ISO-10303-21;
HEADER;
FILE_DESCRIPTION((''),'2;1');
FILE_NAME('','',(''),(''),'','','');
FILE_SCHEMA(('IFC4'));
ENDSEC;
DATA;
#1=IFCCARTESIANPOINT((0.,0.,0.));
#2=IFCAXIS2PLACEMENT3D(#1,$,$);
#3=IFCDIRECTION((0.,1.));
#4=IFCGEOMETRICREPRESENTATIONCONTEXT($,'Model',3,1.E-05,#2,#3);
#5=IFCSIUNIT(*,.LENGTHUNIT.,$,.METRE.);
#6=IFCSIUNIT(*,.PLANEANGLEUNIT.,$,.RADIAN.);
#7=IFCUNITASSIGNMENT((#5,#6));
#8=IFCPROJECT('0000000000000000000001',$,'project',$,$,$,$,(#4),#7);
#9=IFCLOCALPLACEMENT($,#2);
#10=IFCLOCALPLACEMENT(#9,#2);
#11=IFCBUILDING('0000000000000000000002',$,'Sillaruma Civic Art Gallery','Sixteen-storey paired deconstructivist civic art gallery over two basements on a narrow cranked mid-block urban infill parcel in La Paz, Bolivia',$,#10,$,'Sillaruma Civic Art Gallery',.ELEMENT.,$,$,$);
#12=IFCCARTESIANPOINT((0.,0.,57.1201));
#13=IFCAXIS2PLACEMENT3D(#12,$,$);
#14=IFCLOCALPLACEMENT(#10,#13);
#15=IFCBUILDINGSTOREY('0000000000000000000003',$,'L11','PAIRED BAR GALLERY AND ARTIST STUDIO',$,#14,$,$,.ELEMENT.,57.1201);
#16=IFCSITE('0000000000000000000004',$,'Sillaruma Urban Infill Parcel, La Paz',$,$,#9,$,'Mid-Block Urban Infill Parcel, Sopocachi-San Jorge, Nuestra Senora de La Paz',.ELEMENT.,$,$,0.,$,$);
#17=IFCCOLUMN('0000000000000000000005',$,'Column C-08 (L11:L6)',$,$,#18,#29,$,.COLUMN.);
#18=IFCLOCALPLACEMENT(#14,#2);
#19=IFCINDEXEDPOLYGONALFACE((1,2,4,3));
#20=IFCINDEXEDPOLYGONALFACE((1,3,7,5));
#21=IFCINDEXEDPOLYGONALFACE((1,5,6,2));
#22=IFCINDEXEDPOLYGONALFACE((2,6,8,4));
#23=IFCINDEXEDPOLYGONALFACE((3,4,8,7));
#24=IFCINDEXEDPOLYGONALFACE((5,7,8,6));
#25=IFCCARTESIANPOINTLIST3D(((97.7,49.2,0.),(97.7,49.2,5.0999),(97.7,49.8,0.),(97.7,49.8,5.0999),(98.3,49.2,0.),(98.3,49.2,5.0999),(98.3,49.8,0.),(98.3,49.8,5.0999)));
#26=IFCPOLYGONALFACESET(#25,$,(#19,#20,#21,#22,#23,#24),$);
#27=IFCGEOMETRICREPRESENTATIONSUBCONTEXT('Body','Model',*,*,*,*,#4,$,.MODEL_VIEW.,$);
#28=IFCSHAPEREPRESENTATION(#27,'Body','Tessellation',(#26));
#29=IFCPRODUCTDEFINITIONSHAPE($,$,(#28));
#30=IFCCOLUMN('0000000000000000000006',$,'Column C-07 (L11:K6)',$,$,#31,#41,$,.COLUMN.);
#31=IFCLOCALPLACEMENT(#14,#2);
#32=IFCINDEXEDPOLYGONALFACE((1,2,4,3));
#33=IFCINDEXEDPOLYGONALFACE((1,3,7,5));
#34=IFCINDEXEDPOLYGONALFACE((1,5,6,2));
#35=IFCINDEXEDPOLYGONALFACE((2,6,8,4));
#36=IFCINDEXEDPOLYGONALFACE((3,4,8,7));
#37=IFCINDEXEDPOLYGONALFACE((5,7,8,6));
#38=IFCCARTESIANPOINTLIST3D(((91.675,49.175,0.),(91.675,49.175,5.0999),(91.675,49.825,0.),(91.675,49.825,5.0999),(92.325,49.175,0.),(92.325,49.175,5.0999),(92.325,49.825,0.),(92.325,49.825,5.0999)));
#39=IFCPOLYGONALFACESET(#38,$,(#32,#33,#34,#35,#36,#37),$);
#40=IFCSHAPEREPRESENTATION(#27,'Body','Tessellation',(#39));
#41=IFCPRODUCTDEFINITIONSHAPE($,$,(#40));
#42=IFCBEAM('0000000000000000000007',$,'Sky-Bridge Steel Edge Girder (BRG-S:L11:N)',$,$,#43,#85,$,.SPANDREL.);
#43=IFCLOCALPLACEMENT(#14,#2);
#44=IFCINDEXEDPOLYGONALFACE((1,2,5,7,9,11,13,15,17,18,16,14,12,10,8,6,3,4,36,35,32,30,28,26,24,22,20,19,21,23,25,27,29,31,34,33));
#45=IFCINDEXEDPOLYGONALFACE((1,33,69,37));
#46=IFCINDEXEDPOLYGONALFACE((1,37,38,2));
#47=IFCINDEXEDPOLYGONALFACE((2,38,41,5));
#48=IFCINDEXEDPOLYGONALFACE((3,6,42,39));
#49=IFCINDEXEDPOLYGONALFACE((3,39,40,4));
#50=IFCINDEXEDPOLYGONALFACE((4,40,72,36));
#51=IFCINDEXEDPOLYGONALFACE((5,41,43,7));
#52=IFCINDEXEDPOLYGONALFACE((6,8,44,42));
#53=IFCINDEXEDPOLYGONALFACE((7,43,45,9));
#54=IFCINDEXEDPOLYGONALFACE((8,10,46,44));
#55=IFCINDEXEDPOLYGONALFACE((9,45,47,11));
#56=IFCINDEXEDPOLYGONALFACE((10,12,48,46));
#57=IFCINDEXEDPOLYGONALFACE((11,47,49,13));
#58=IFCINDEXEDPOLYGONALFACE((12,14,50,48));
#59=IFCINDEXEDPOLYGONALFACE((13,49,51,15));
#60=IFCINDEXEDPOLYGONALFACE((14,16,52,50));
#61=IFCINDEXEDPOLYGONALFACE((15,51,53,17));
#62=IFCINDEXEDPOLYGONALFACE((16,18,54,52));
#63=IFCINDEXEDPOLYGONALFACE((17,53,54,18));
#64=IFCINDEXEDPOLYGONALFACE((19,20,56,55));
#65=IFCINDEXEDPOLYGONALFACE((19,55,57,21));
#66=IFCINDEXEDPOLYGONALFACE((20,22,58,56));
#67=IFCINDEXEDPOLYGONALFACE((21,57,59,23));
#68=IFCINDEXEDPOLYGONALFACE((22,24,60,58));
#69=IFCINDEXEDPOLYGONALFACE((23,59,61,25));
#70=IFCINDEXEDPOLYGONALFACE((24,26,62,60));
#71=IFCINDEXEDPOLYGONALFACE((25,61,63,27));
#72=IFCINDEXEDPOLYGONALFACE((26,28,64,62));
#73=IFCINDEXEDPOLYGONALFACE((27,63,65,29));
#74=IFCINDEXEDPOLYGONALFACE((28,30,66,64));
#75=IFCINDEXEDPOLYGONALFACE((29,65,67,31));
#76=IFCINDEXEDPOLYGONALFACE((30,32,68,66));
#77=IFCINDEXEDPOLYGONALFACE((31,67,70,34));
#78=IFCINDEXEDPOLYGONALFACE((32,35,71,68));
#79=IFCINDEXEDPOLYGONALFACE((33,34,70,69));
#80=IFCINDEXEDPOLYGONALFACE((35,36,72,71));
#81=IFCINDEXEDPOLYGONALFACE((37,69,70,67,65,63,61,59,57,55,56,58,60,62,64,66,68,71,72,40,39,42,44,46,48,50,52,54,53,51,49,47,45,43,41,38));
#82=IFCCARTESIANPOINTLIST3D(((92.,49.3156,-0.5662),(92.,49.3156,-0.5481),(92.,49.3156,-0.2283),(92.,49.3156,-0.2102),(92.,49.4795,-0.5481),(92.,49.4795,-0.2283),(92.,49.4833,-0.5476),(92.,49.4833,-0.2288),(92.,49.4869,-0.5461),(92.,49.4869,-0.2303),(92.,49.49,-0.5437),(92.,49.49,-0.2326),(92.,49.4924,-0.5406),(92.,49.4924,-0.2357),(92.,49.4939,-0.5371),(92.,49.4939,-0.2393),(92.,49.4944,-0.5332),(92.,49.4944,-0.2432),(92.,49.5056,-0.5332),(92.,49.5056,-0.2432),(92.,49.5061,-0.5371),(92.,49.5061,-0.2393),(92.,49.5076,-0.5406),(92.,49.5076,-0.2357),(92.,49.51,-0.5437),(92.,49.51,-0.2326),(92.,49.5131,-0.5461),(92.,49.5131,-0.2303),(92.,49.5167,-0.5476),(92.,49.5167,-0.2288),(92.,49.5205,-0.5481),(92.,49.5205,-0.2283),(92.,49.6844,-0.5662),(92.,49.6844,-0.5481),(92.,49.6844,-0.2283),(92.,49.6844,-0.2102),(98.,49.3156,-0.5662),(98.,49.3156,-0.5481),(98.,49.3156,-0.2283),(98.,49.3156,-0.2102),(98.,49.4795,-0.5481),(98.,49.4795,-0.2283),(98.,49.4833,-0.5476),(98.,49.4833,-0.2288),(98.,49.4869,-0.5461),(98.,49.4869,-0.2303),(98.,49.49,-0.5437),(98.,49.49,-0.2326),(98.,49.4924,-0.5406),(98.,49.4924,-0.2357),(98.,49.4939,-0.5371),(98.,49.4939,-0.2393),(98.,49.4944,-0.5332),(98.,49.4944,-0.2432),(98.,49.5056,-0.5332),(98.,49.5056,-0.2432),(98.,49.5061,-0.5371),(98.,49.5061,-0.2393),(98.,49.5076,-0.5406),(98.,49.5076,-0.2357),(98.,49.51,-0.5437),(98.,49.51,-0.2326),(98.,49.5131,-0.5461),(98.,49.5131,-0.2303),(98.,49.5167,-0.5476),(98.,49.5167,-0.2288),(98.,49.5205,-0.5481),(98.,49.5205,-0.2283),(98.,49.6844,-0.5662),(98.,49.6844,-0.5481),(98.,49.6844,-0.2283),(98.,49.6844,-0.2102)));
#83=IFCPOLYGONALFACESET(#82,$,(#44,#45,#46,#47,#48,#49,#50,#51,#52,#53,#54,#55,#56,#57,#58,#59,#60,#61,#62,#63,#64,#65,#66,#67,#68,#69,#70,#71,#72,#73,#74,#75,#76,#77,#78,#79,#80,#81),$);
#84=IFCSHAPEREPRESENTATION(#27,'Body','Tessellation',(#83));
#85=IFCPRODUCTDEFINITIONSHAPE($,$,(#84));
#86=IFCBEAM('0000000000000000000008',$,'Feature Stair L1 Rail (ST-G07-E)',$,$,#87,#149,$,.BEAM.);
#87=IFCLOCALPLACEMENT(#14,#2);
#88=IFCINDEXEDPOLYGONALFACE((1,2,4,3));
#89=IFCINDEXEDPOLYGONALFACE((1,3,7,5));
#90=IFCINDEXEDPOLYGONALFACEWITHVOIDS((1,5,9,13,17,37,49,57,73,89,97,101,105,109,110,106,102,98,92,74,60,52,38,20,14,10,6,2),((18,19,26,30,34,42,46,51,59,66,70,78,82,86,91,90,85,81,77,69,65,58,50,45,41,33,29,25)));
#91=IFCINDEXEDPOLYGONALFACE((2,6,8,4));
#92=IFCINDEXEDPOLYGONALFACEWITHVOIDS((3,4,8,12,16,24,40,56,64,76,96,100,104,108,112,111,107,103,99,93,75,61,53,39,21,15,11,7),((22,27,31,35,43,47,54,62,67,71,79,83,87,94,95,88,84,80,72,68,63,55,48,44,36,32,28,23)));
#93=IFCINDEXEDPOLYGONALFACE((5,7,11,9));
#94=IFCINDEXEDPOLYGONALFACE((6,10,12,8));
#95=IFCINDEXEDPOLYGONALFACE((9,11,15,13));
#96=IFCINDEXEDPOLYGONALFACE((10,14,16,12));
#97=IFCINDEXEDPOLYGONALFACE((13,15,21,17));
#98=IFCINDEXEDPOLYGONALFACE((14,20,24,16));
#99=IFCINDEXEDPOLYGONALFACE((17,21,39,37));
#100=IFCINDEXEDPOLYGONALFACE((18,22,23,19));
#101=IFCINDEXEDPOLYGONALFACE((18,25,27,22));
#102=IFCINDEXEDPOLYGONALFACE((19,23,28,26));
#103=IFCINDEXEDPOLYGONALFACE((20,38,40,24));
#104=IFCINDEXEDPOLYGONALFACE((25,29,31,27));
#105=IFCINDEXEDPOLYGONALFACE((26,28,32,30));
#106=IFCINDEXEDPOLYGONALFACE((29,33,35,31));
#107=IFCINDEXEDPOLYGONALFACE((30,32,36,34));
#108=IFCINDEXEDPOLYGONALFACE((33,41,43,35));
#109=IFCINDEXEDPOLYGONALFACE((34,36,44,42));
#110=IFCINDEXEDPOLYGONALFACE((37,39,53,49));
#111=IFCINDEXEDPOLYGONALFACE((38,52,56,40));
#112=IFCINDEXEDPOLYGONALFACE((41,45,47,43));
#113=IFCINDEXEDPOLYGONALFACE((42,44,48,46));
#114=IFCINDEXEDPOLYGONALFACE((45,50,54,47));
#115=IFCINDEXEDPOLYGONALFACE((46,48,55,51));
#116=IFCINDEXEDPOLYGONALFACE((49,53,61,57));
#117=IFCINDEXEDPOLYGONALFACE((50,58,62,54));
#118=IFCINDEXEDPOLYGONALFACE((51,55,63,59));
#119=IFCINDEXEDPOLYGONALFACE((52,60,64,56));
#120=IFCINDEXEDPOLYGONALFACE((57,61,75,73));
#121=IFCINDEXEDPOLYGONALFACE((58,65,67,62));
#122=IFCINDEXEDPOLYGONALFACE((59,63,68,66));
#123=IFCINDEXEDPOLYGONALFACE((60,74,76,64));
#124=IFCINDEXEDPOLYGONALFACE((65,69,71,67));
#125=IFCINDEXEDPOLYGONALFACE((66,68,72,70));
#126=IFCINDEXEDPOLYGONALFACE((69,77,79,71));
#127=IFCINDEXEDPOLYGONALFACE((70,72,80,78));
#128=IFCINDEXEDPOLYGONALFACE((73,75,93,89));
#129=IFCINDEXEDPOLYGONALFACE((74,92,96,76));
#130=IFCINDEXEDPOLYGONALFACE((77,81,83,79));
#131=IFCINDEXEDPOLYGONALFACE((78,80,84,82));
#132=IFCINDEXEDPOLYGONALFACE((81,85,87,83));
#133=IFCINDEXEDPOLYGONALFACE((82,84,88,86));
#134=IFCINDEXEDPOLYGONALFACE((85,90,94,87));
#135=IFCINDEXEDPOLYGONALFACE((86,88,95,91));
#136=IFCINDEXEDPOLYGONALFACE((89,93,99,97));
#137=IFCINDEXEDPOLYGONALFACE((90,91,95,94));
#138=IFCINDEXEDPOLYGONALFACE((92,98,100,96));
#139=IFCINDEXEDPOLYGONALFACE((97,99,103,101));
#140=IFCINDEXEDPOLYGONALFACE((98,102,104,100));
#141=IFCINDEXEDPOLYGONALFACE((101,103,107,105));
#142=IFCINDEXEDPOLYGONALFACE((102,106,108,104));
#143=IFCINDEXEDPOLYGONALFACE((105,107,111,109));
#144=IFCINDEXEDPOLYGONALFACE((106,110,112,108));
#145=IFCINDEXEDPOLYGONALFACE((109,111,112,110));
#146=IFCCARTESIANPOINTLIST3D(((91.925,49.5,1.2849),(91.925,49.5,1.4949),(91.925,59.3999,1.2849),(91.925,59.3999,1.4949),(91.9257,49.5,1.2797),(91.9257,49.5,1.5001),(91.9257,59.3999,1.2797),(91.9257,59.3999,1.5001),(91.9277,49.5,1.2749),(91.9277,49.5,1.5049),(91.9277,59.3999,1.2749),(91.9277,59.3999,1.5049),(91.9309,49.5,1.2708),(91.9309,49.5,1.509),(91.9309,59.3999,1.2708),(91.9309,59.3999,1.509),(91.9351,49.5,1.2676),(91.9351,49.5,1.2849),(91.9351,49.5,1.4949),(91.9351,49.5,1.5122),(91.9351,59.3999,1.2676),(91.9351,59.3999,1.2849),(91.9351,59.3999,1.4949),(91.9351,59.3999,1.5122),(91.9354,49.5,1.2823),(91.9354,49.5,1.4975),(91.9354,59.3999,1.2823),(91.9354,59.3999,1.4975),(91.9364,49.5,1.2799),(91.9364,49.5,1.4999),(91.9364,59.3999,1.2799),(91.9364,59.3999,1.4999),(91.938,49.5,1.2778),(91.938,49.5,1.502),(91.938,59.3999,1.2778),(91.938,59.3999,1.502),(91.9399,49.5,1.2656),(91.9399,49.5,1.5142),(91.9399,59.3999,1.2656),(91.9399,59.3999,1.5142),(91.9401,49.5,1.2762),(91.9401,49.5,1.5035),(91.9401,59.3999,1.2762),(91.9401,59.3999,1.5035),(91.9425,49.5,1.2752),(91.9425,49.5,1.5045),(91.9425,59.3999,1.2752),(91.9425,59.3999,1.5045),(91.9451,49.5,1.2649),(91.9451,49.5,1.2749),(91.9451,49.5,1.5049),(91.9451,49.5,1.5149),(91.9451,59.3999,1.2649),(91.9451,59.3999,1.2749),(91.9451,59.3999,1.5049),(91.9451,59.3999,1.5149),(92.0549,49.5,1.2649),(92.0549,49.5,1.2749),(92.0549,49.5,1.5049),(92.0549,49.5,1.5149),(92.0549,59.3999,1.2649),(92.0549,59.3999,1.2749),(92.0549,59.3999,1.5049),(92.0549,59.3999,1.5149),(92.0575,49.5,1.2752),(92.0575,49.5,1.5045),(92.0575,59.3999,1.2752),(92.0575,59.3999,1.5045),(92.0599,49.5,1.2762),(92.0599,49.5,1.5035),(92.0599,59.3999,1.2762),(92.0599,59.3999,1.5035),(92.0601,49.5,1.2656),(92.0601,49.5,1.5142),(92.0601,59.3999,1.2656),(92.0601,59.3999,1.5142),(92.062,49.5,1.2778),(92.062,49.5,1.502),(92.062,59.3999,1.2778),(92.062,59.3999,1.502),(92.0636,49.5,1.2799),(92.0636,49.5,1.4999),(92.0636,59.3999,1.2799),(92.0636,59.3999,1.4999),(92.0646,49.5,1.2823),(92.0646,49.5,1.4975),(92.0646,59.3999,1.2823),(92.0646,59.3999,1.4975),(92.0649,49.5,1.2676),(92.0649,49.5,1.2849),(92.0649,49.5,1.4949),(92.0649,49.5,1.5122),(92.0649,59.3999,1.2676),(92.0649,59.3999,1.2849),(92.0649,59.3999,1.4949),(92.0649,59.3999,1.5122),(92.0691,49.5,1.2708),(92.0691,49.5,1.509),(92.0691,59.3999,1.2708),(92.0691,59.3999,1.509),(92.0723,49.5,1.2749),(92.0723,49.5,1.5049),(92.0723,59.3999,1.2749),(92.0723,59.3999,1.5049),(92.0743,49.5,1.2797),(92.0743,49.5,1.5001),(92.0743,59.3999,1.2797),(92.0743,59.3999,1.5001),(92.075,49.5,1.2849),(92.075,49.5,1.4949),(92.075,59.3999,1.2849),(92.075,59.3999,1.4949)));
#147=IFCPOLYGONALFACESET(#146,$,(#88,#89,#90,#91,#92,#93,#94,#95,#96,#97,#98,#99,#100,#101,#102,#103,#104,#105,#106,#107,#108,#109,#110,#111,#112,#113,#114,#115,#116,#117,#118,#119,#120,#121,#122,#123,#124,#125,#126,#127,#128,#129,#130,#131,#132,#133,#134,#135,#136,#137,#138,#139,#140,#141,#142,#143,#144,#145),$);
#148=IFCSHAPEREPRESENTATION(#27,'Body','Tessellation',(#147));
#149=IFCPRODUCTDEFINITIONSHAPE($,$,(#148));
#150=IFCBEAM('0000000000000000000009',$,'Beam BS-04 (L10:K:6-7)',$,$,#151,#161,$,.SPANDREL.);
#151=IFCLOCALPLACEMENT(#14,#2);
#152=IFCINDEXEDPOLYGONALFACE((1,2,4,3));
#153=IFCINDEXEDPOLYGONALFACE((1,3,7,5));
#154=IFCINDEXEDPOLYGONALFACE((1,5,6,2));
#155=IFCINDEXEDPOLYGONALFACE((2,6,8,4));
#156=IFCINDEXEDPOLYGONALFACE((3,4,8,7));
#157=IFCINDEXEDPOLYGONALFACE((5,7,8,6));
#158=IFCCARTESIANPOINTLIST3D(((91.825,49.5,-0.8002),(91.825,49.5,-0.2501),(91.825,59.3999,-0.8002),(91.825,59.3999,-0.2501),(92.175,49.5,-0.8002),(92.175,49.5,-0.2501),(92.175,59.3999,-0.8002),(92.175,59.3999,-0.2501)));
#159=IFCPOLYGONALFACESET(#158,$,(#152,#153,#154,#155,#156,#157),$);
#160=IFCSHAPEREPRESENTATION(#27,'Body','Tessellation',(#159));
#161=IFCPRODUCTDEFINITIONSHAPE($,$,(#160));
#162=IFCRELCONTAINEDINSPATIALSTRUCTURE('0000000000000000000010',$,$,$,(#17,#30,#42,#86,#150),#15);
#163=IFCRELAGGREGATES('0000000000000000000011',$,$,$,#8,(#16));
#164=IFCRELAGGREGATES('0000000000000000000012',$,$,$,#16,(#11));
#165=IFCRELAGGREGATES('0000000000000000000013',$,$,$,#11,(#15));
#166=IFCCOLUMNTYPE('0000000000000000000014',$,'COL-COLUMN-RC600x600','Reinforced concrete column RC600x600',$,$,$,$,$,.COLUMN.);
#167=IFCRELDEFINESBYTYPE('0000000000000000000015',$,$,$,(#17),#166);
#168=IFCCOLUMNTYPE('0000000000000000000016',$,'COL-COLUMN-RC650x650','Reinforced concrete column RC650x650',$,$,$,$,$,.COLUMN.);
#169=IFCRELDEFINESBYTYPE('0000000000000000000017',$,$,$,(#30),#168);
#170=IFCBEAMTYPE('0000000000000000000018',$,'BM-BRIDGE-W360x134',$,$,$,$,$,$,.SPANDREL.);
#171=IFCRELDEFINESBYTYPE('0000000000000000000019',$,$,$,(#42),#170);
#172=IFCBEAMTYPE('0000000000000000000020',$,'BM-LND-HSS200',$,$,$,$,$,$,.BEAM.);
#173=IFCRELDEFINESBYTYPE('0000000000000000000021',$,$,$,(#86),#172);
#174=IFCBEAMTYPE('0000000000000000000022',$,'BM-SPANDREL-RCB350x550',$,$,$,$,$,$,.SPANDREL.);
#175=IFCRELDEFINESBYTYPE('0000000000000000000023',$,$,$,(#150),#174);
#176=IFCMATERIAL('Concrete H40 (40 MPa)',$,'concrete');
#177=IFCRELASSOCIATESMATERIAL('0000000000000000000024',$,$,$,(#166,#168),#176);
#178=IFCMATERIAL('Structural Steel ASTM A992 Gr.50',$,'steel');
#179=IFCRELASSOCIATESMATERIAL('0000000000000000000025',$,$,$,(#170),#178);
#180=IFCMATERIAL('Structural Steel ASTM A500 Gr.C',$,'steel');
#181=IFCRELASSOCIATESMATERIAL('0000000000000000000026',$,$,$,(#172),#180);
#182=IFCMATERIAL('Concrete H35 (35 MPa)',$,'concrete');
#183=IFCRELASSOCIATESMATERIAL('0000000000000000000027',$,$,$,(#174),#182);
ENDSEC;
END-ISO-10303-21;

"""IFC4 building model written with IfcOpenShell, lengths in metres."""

from ifc_helpers import new_model, si_unit, direction, frame, origin, origin_2d, place, context, subcontext, project, spatial, rectangle, hollow_rectangle, i_section, extrude, material, material_profile, profile_set, type_object, element, save


model = new_model("IFC4")

# Units and contexts
model_context = context("Model", 3, precision=1e-05, world=origin(), true_north=direction((0.0, 1.0)))
body_context = subcontext(model_context, "Body", "Model", "MODEL_VIEW")
ifc_project = project(units=[si_unit("LENGTHUNIT", "METRE"), si_unit("PLANEANGLEUNIT", "RADIAN")], contexts=[model_context])

# Site, building, storey
site_placement = place(None, origin())
site = spatial("IfcSite", under=ifc_project, at=site_placement, Name="Sillaruma Urban Infill Parcel, La Paz", LongName="Mid-Block Urban Infill Parcel, Sopocachi-San Jorge, Nuestra Senora de La Paz", CompositionType="ELEMENT", RefElevation=0.0)
building_placement = place(site_placement, origin())
building = spatial("IfcBuilding", under=site, at=building_placement, Name="Sillaruma Civic Art Gallery", Description="Sixteen-storey paired deconstructivist civic art gallery over two basements on a narrow cranked mid-block urban infill parcel in La Paz, Bolivia", LongName="Sillaruma Civic Art Gallery", CompositionType="ELEMENT")
storey_placement = place(building_placement, frame((0.0, 0.0, 57.1201)))
storey = spatial("IfcBuildingStorey", under=building, at=storey_placement, Name="L11", Description="PAIRED BAR GALLERY AND ARTIST STUDIO", CompositionType="ELEMENT", Elevation=57.1201)

# Columns
ifc_material_1 = material(Name="Concrete H40 (40 MPa)", Category="concrete")
ifc_material_profile_1 = material_profile(ifc_material_1, rectangle(XDim=0.6001, YDim=0.6001, at=origin_2d()), Name="RC600x600")
ifc_profile_set_1 = profile_set([ifc_material_profile_1], Name="Concrete H40 (40 MPa)")
column_type_1 = type_object("IfcColumnType", Name="COL-COLUMN-RC600x600", Description="Reinforced concrete column RC600x600", PredefinedType="COLUMN", material=ifc_profile_set_1)
column_1_placement = place(storey_placement, frame((98.0, 49.5, 0.0), z_axis=(0.0, 0.0, 1.0), x_axis=(1.0, 0.0, 0.0)))
element("IfcColumn", 1, at=column_1_placement, inside=storey, type_object=column_type_1, Name="Column C-08 (L11:L6)", PredefinedType="COLUMN", context=body_context, shape_type="SweptSolid", body=[
    extrude(rectangle(XDim=0.6001, YDim=0.6001, at=origin_2d()), origin(), (0.0, 0.0, 1.0), 5.0999),
])
ifc_material_profile_2 = material_profile(ifc_material_1, rectangle(XDim=0.6499, YDim=0.6499, at=origin_2d()), Name="RC650x650")
ifc_profile_set_2 = profile_set([ifc_material_profile_2], Name="Concrete H40 (40 MPa)")
column_type_2 = type_object("IfcColumnType", Name="COL-COLUMN-RC650x650", Description="Reinforced concrete column RC650x650", PredefinedType="COLUMN", material=ifc_profile_set_2)
column_2_placement = place(storey_placement, frame((92.0, 49.5, 0.0), z_axis=(0.0, 0.0, 1.0), x_axis=(1.0, 0.0, 0.0)))
element("IfcColumn", 2, at=column_2_placement, inside=storey, type_object=column_type_2, Name="Column C-07 (L11:K6)", PredefinedType="COLUMN", context=body_context, shape_type="SweptSolid", body=[
    extrude(rectangle(XDim=0.6499, YDim=0.6499, at=origin_2d()), origin(), (0.0, 0.0, 1.0), 5.0999),
])

# Beams
ifc_material_2 = material(Name="Structural Steel ASTM A992 Gr.50", Category="steel")
ifc_material_profile_3 = material_profile(ifc_material_2, i_section(OverallWidth=0.3689, OverallDepth=0.356, WebThickness=0.0112, FlangeThickness=0.0181, FilletRadius=0.0149, at=origin_2d()), Name="W360x134")
ifc_profile_set_3 = profile_set([ifc_material_profile_3], Name="Structural Steel ASTM A992 Gr.50")
beam_type_1 = type_object("IfcBeamType", Name="BM-BRIDGE-W360x134", PredefinedType="SPANDREL", material=ifc_profile_set_3)
beam_1_placement = place(storey_placement, frame((92.0, 49.5, -0.3882), z_axis=(1.0, 0.0, 0.0), x_axis=(0.0, 1.0, 0.0)))
element("IfcBeam", 3, at=beam_1_placement, inside=storey, type_object=beam_type_1, Name="Sky-Bridge Steel Edge Girder (BRG-S:L11:N)", PredefinedType="SPANDREL", context=body_context, shape_type="SweptSolid", body=[
    extrude(i_section(OverallWidth=0.3689, OverallDepth=0.356, WebThickness=0.0112, FlangeThickness=0.0181, FilletRadius=0.0149, at=origin_2d()), origin(), (0.0, 0.0, 1.0), 6.0),
])
ifc_material_3 = material(Name="Structural Steel ASTM A500 Gr.C", Category="steel")
ifc_material_profile_4 = material_profile(ifc_material_3, hollow_rectangle(XDim=0.1499, YDim=0.25, WallThickness=0.01, InnerFilletRadius=0.01, OuterFilletRadius=0.02, at=origin_2d()), Name="HSS250x150x10")
ifc_profile_set_4 = profile_set([ifc_material_profile_4], Name="Structural Steel ASTM A500 Gr.C")
beam_type_2 = type_object("IfcBeamType", Name="BM-LND-HSS200", PredefinedType="BEAM", material=ifc_profile_set_4)
beam_2_placement = place(storey_placement, frame((92.0, 49.5, 1.3899), z_axis=(0.0, 1.0, 0.0), x_axis=(-1.0, 0.0, 0.0)))
element("IfcBeam", 4, at=beam_2_placement, inside=storey, type_object=beam_type_2, Name="Feature Stair L1 Rail (ST-G07-E)", PredefinedType="BEAM", context=body_context, shape_type="SweptSolid", body=[
    extrude(hollow_rectangle(XDim=0.1499, YDim=0.25, WallThickness=0.01, InnerFilletRadius=0.01, OuterFilletRadius=0.02, at=origin_2d()), origin(), (0.0, 0.0, 1.0), 9.8999),
])
ifc_material_4 = material(Name="Concrete H35 (35 MPa)", Category="concrete")
ifc_material_profile_5 = material_profile(ifc_material_4, rectangle(XDim=0.3501, YDim=0.55, at=origin_2d()), Name="RCB350x550")
ifc_profile_set_5 = profile_set([ifc_material_profile_5], Name="Concrete H35 (35 MPa)")
beam_type_3 = type_object("IfcBeamType", Name="BM-SPANDREL-RCB350x550", PredefinedType="SPANDREL", material=ifc_profile_set_5)
beam_3_placement = place(storey_placement, frame((92.0, 49.5, -0.5251), z_axis=(0.0, 1.0, 0.0), x_axis=(-1.0, 0.0, 0.0)))
element("IfcBeam", 5, at=beam_3_placement, inside=storey, type_object=beam_type_3, Name="Beam BS-04 (L10:K:6-7)", PredefinedType="SPANDREL", context=body_context, shape_type="SweptSolid", body=[
    extrude(rectangle(XDim=0.3501, YDim=0.55, at=origin_2d()), origin(), (0.0, 0.0, 1.0), 9.8999),
])

save(model, "model.ifc")
